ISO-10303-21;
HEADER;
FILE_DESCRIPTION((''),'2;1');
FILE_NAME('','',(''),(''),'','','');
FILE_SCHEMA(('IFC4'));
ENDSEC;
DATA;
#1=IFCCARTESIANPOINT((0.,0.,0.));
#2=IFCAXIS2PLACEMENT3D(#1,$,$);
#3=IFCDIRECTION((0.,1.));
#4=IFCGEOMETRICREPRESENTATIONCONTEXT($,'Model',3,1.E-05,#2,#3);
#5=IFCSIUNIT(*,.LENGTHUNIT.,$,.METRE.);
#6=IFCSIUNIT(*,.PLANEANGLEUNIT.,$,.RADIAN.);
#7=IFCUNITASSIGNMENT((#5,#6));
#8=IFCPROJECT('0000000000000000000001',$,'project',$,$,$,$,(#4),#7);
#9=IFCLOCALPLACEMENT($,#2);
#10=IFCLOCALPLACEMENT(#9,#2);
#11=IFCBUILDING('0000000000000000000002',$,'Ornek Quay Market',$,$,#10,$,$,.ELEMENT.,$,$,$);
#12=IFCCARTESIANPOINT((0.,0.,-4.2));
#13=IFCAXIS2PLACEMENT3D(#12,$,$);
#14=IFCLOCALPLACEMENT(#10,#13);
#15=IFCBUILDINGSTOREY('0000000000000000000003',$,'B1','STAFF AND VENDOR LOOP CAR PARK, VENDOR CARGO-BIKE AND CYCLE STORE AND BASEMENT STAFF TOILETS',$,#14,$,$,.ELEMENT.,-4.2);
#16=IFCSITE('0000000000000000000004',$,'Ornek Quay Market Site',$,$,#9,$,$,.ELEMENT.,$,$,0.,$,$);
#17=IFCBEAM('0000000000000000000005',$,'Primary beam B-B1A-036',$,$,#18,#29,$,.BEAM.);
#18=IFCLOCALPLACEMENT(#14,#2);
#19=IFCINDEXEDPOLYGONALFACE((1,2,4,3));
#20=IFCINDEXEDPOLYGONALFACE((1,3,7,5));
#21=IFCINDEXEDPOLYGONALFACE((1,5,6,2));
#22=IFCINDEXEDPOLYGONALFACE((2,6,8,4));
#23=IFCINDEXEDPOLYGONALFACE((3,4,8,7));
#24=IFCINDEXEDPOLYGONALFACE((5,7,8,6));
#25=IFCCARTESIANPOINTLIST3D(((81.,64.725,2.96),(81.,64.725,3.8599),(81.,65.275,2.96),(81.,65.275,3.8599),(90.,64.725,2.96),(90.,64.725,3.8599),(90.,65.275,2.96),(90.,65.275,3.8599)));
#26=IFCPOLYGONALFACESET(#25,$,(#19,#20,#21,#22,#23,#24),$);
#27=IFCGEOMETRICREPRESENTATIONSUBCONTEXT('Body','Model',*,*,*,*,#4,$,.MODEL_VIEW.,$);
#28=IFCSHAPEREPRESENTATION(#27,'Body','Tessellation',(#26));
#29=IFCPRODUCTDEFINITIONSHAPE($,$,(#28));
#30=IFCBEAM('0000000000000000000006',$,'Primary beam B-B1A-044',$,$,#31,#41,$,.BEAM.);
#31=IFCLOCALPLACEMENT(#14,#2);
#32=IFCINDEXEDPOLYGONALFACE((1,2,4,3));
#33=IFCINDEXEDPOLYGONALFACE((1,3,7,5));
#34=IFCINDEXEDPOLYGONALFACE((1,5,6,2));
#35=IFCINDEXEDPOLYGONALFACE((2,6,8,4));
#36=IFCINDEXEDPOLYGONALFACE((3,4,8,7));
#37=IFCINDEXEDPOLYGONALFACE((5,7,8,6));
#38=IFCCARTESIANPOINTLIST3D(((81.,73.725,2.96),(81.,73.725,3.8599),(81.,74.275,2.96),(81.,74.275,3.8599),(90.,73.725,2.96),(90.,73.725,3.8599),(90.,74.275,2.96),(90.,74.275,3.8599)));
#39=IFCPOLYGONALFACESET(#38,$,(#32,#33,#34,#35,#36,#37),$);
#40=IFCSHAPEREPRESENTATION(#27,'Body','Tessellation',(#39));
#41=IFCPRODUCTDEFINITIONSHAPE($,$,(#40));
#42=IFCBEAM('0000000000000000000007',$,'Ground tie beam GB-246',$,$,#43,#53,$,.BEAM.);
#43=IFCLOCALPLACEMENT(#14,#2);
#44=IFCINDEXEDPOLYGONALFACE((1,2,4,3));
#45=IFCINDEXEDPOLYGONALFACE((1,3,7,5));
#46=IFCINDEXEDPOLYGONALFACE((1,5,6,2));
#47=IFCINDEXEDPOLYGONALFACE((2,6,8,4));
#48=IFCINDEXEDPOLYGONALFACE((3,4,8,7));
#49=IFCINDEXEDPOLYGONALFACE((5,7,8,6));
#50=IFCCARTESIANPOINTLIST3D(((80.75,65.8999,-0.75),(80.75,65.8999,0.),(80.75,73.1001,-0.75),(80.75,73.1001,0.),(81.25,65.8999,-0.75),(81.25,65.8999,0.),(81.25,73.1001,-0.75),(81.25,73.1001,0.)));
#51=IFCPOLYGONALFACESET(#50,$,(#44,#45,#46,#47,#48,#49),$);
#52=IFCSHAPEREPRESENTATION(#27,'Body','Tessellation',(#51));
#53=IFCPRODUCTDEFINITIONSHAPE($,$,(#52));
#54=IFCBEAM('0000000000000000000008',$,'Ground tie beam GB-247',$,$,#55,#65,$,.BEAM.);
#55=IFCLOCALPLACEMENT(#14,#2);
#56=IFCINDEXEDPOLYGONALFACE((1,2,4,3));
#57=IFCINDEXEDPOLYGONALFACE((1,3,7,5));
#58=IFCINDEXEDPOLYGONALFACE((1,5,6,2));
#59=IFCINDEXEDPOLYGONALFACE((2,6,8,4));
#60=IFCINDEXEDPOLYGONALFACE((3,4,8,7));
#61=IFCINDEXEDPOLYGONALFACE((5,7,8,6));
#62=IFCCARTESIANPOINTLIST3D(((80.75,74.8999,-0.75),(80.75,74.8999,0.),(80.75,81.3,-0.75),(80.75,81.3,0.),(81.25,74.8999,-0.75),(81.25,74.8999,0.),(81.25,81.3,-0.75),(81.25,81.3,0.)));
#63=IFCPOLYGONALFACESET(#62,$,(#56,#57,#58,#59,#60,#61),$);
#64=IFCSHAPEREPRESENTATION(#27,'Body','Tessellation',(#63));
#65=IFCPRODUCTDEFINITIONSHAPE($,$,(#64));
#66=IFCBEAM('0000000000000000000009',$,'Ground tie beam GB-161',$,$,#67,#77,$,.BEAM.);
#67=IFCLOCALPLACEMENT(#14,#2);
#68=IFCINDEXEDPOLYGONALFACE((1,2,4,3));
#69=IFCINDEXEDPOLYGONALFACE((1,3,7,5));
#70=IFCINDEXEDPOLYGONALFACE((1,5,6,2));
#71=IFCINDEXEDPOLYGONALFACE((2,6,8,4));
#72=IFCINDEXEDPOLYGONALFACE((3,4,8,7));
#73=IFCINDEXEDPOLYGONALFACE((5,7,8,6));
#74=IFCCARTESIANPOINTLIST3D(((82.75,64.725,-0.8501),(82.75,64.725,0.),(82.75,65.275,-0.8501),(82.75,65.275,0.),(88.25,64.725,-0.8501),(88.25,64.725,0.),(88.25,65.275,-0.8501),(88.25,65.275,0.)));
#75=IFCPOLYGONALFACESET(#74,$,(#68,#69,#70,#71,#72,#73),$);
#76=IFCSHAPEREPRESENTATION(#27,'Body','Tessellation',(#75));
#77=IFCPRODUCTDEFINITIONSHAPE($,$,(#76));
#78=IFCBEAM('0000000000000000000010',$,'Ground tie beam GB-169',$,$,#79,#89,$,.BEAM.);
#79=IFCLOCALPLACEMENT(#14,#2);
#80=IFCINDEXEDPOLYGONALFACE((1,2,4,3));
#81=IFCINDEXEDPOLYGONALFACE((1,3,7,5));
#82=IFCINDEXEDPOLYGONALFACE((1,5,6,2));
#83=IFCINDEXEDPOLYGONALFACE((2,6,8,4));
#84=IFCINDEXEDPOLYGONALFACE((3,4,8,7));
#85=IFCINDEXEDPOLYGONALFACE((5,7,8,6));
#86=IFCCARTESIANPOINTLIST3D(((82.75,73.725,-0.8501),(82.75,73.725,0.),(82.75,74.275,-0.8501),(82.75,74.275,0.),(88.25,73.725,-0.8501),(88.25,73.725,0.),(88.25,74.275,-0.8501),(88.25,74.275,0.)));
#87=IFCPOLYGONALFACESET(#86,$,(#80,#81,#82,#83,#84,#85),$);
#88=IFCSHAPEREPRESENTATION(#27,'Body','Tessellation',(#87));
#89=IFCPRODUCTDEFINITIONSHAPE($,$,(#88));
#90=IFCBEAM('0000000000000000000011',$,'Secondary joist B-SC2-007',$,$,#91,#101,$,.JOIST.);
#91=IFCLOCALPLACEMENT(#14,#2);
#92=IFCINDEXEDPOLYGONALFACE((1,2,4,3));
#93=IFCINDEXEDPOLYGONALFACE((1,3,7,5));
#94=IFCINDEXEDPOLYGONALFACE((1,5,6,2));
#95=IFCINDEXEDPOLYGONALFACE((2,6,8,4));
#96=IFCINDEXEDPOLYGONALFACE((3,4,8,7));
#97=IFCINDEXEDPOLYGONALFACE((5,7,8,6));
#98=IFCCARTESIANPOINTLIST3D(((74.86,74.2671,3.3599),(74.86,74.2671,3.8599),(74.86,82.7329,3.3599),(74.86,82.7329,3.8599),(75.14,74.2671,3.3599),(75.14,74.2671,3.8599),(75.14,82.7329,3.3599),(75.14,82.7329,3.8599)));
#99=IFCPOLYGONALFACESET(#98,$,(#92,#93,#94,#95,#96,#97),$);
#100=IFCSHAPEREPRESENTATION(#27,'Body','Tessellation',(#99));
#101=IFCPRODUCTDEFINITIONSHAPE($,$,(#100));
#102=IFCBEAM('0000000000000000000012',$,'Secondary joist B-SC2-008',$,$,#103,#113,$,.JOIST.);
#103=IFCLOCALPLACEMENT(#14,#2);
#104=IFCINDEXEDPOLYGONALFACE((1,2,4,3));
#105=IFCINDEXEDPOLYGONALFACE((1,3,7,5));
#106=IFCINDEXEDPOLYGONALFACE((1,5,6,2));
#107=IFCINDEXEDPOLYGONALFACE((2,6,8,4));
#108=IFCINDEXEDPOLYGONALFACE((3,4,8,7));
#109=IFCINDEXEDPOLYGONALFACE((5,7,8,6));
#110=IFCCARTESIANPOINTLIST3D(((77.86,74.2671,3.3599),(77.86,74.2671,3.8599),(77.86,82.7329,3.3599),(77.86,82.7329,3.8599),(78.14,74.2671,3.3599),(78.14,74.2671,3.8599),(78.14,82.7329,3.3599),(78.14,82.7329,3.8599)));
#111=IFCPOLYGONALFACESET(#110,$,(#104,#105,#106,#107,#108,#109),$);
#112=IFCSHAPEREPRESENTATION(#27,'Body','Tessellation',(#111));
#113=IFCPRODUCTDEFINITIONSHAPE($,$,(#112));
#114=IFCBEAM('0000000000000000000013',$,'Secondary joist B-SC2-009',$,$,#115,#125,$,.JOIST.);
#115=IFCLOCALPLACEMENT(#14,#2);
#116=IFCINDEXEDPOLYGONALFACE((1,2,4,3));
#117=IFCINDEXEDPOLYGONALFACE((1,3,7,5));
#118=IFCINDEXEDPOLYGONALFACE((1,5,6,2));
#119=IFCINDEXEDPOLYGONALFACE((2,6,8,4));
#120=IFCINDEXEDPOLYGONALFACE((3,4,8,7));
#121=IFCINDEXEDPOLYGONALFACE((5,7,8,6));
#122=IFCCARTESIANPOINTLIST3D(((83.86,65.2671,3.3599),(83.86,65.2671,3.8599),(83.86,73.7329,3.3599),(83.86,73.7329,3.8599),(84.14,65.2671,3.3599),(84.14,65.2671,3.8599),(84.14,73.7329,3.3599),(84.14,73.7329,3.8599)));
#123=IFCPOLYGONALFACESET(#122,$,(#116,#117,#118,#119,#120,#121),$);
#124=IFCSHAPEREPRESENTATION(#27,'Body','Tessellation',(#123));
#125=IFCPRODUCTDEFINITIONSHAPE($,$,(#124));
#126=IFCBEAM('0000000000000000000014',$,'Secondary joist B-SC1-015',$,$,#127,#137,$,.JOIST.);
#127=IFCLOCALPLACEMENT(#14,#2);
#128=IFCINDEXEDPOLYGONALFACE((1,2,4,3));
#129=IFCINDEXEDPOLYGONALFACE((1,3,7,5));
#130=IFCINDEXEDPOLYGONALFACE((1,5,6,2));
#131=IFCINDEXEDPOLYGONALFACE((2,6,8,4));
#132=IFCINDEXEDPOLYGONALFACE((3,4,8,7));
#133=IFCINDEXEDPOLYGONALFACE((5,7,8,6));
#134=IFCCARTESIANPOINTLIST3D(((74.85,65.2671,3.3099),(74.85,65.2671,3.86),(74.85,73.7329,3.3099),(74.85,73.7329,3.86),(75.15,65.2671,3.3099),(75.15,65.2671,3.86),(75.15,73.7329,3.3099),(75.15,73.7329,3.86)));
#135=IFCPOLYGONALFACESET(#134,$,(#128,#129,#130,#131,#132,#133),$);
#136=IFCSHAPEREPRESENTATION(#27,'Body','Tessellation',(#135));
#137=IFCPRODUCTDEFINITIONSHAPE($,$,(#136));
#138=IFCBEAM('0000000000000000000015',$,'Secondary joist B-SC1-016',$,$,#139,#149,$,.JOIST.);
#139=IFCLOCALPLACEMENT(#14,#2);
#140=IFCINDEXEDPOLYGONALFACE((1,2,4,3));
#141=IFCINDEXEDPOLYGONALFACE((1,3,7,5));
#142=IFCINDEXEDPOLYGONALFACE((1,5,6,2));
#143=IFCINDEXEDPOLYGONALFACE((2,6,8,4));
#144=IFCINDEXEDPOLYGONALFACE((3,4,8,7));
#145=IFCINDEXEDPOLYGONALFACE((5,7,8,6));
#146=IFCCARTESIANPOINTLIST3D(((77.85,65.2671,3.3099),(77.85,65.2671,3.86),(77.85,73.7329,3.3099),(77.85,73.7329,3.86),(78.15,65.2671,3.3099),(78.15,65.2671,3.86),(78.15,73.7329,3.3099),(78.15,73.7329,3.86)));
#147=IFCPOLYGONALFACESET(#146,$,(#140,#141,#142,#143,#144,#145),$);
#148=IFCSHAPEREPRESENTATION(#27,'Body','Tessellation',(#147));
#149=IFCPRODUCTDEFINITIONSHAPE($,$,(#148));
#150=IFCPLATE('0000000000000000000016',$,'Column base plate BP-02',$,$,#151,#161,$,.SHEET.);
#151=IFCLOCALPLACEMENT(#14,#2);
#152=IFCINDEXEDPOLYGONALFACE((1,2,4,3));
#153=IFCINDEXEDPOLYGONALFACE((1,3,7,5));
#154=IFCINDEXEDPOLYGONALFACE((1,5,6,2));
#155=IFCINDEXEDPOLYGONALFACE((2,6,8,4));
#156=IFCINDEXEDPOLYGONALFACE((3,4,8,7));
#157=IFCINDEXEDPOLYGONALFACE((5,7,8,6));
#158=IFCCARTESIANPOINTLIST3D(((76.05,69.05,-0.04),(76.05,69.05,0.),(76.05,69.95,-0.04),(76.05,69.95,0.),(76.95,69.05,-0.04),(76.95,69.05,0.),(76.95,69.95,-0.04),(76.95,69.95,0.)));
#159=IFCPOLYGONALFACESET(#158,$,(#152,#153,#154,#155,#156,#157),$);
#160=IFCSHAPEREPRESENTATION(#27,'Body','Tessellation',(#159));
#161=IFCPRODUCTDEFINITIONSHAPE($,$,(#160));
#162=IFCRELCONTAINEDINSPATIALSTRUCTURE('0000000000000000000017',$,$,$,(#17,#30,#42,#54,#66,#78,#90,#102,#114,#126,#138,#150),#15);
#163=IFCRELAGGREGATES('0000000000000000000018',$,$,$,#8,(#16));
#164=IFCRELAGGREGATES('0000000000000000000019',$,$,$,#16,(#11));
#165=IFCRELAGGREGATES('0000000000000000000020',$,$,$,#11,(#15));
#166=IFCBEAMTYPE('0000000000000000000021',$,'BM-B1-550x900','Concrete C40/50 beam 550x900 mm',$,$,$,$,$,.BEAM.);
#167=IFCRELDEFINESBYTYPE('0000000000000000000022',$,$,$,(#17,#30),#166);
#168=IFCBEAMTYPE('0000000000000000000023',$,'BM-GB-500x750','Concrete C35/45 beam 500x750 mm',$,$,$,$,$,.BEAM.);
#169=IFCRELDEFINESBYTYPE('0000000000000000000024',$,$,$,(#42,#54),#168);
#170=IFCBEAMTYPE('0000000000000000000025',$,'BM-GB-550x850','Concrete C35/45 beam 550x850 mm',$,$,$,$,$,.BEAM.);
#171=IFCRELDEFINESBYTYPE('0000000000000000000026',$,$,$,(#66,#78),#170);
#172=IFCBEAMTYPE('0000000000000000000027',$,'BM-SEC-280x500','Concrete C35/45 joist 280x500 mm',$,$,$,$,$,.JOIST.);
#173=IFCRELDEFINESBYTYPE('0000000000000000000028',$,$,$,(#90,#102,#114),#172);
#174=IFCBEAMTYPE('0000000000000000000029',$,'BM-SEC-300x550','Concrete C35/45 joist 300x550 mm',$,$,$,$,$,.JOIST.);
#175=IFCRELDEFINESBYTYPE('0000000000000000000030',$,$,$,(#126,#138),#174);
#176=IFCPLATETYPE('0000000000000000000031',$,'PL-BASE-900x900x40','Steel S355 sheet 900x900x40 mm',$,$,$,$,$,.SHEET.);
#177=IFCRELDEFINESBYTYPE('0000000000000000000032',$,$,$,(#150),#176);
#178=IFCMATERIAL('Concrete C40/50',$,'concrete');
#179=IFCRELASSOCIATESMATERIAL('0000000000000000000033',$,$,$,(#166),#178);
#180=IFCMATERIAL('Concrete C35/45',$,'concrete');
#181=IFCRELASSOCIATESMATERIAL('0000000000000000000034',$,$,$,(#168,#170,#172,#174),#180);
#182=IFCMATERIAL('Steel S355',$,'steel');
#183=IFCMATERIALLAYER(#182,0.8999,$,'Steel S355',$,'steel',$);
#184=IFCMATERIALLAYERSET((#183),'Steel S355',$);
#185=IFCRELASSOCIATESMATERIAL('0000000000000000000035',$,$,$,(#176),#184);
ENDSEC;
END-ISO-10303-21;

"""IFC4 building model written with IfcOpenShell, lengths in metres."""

from ifc_helpers import new_model, si_unit, direction, frame, origin, origin_2d, place, context, subcontext, project, spatial, rectangle, extrude, material, layer, layer_set, material_profile, profile_set, type_object, element, save


model = new_model("IFC4")

# Units and contexts
model_context = context("Model", 3, precision=1e-05, world=origin(), true_north=direction((0.0, 1.0)))
body_context = subcontext(model_context, "Body", "Model", "MODEL_VIEW")
ifc_project = project(units=[si_unit("LENGTHUNIT", "METRE"), si_unit("PLANEANGLEUNIT", "RADIAN")], contexts=[model_context])

# Site, building, storey
site_placement = place(None, origin())
site = spatial("IfcSite", under=ifc_project, at=site_placement, Name="Ornek Quay Market Site", CompositionType="ELEMENT", RefElevation=0.0)
building_placement = place(site_placement, origin())
building = spatial("IfcBuilding", under=site, at=building_placement, Name="Ornek Quay Market", CompositionType="ELEMENT")
storey_placement = place(building_placement, frame((0.0, 0.0, -4.2)))
storey = spatial("IfcBuildingStorey", under=building, at=storey_placement, Name="B1", Description="STAFF AND VENDOR LOOP CAR PARK, VENDOR CARGO-BIKE AND CYCLE STORE AND BASEMENT STAFF TOILETS", CompositionType="ELEMENT", Elevation=-4.2)

# Shared definitions
ifc_material_1 = material(Name="Concrete C35/45", Category="concrete")

# Shared definitions
ifc_material_2 = material(Name="Concrete C40/50", Category="concrete")
ifc_material_3 = material(Name="Steel S355", Category="steel")

# Beams
ifc_material_profile_1 = material_profile(ifc_material_2, rectangle(XDim=0.55, YDim=0.8999, at=origin_2d()), Name="RC 550x900", Category="concrete")
ifc_profile_set_1 = profile_set([ifc_material_profile_1], Name="Concrete C40/50")
beam_type_1 = type_object("IfcBeamType", Name="BM-B1-550x900", Description="Concrete C40/50 beam 550x900 mm", PredefinedType="BEAM", material=ifc_profile_set_1)
for number, where, z_axis, x_axis, name in (
    (1, (81.0, 65.0, 3.4099), (1.0, 0.0, 0.0), (0.0, 1.0, 0.0), "Primary beam B-B1A-036"),
    (2, (81.0, 74.0, 3.4099), (1.0, 0.0, 0.0), (0.0, 1.0, 0.0), "Primary beam B-B1A-044"),
):
    element("IfcBeam", number, at=place(storey_placement, frame(where, z_axis=z_axis, x_axis=x_axis)), inside=storey, type_object=beam_type_1, Name=name, PredefinedType="BEAM", context=body_context, shape_type="SweptSolid", body=[
        extrude(rectangle(XDim=0.55, YDim=0.8999, at=origin_2d()), origin(), (0.0, 0.0, 1.0), 9.0),
    ])
ifc_material_profile_2 = material_profile(ifc_material_1, rectangle(XDim=0.5, YDim=0.75, at=origin_2d()), Name="RC 500x750", Category="concrete")
ifc_profile_set_2 = profile_set([ifc_material_profile_2], Name="Concrete C35/45")
beam_type_2 = type_object("IfcBeamType", Name="BM-GB-500x750", Description="Concrete C35/45 beam 500x750 mm", PredefinedType="BEAM", material=ifc_profile_set_2)
beam_1_placement = place(storey_placement, frame((81.0, 65.8999, -0.375), z_axis=(0.0, 1.0, 0.0), x_axis=(-1.0, 0.0, 0.0)))
element("IfcBeam", 3, at=beam_1_placement, inside=storey, type_object=beam_type_2, Name="Ground tie beam GB-246", PredefinedType="BEAM", context=body_context, shape_type="SweptSolid", body=[
    extrude(rectangle(XDim=0.5, YDim=0.75, at=origin_2d()), origin(), (0.0, 0.0, 1.0), 7.2002),
])
beam_2_placement = place(storey_placement, frame((81.0, 74.8999, -0.375), z_axis=(0.0, 1.0, 0.0), x_axis=(-1.0, 0.0, 0.0)))
element("IfcBeam", 4, at=beam_2_placement, inside=storey, type_object=beam_type_2, Name="Ground tie beam GB-247", PredefinedType="BEAM", context=body_context, shape_type="SweptSolid", body=[
    extrude(rectangle(XDim=0.5, YDim=0.75, at=origin_2d()), origin(), (0.0, 0.0, 1.0), 6.4001),
])
ifc_material_profile_3 = material_profile(ifc_material_1, rectangle(XDim=0.55, YDim=0.8501, at=origin_2d()), Name="RC 550x850", Category="concrete")
ifc_profile_set_3 = profile_set([ifc_material_profile_3], Name="Concrete C35/45")
beam_type_3 = type_object("IfcBeamType", Name="BM-GB-550x850", Description="Concrete C35/45 beam 550x850 mm", PredefinedType="BEAM", material=ifc_profile_set_3)
for number, where, z_axis, x_axis, name in (
    (5, (82.75, 65.0, -0.425), (1.0, 0.0, 0.0), (0.0, 1.0, 0.0), "Ground tie beam GB-161"),
    (6, (82.75, 74.0, -0.425), (1.0, 0.0, 0.0), (0.0, 1.0, 0.0), "Ground tie beam GB-169"),
):
    element("IfcBeam", number, at=place(storey_placement, frame(where, z_axis=z_axis, x_axis=x_axis)), inside=storey, type_object=beam_type_3, Name=name, PredefinedType="BEAM", context=body_context, shape_type="SweptSolid", body=[
        extrude(rectangle(XDim=0.55, YDim=0.8501, at=origin_2d()), origin(), (0.0, 0.0, 1.0), 5.5),
    ])
ifc_material_profile_4 = material_profile(ifc_material_1, rectangle(XDim=0.28, YDim=0.5, at=origin_2d()), Name="RC 280x500", Category="concrete")
ifc_profile_set_4 = profile_set([ifc_material_profile_4], Name="Concrete C35/45")
beam_type_4 = type_object("IfcBeamType", Name="BM-SEC-280x500", Description="Concrete C35/45 joist 280x500 mm", PredefinedType="JOIST", material=ifc_profile_set_4)
for number, where, z_axis, x_axis, name in (
    (7, (75.0, 74.2671, 3.6099), (0.0, 1.0, 0.0), (-1.0, 0.0, 0.0), "Secondary joist B-SC2-007"),
    (8, (78.0, 74.2671, 3.6099), (0.0, 1.0, 0.0), (-1.0, 0.0, 0.0), "Secondary joist B-SC2-008"),
    (9, (84.0, 65.2671, 3.6099), (0.0, 1.0, 0.0), (-1.0, 0.0, 0.0), "Secondary joist B-SC2-009"),
):
    element("IfcBeam", number, at=place(storey_placement, frame(where, z_axis=z_axis, x_axis=x_axis)), inside=storey, type_object=beam_type_4, Name=name, PredefinedType="JOIST", context=body_context, shape_type="SweptSolid", body=[
        extrude(rectangle(XDim=0.28, YDim=0.5, at=origin_2d()), origin(), (0.0, 0.0, 1.0), 8.4658),
    ])
ifc_material_profile_5 = material_profile(ifc_material_1, rectangle(XDim=0.3, YDim=0.55, at=origin_2d()), Name="RC 300x550", Category="concrete")
ifc_profile_set_5 = profile_set([ifc_material_profile_5], Name="Concrete C35/45")
beam_type_5 = type_object("IfcBeamType", Name="BM-SEC-300x550", Description="Concrete C35/45 joist 300x550 mm", PredefinedType="JOIST", material=ifc_profile_set_5)
for number, where, z_axis, x_axis, name in (
    (10, (75.0, 65.2671, 3.585), (0.0, 1.0, 0.0), (-1.0, 0.0, 0.0), "Secondary joist B-SC1-015"),
    (11, (78.0, 65.2671, 3.585), (0.0, 1.0, 0.0), (-1.0, 0.0, 0.0), "Secondary joist B-SC1-016"),
):
    element("IfcBeam", number, at=place(storey_placement, frame(where, z_axis=z_axis, x_axis=x_axis)), inside=storey, type_object=beam_type_5, Name=name, PredefinedType="JOIST", context=body_context, shape_type="SweptSolid", body=[
        extrude(rectangle(XDim=0.3, YDim=0.55, at=origin_2d()), origin(), (0.0, 0.0, 1.0), 8.4658),
    ])

# Plate
ifc_layer = layer(ifc_material_3, 0.8999, Name="Steel S355", Category="steel")
ifc_layer_set = layer_set([ifc_layer], Name="Steel S355")
plate_type = type_object("IfcPlateType", Name="PL-BASE-900x900x40", Description="Steel S355 sheet 900x900x40 mm", PredefinedType="SHEET", material=ifc_layer_set)
plate_placement = place(storey_placement, frame((76.5, 69.5, -0.04), z_axis=(0.0, 0.0, 1.0), x_axis=(1.0, 0.0, 0.0)))
element("IfcPlate", 12, at=plate_placement, inside=storey, type_object=plate_type, Name="Column base plate BP-02", PredefinedType="SHEET", context=body_context, shape_type="SweptSolid", body=[
    extrude(rectangle(XDim=0.8999, YDim=0.8999, at=origin_2d()), origin(), (0.0, 0.0, 1.0), 0.04),
])

save(model, "model.ifc")
